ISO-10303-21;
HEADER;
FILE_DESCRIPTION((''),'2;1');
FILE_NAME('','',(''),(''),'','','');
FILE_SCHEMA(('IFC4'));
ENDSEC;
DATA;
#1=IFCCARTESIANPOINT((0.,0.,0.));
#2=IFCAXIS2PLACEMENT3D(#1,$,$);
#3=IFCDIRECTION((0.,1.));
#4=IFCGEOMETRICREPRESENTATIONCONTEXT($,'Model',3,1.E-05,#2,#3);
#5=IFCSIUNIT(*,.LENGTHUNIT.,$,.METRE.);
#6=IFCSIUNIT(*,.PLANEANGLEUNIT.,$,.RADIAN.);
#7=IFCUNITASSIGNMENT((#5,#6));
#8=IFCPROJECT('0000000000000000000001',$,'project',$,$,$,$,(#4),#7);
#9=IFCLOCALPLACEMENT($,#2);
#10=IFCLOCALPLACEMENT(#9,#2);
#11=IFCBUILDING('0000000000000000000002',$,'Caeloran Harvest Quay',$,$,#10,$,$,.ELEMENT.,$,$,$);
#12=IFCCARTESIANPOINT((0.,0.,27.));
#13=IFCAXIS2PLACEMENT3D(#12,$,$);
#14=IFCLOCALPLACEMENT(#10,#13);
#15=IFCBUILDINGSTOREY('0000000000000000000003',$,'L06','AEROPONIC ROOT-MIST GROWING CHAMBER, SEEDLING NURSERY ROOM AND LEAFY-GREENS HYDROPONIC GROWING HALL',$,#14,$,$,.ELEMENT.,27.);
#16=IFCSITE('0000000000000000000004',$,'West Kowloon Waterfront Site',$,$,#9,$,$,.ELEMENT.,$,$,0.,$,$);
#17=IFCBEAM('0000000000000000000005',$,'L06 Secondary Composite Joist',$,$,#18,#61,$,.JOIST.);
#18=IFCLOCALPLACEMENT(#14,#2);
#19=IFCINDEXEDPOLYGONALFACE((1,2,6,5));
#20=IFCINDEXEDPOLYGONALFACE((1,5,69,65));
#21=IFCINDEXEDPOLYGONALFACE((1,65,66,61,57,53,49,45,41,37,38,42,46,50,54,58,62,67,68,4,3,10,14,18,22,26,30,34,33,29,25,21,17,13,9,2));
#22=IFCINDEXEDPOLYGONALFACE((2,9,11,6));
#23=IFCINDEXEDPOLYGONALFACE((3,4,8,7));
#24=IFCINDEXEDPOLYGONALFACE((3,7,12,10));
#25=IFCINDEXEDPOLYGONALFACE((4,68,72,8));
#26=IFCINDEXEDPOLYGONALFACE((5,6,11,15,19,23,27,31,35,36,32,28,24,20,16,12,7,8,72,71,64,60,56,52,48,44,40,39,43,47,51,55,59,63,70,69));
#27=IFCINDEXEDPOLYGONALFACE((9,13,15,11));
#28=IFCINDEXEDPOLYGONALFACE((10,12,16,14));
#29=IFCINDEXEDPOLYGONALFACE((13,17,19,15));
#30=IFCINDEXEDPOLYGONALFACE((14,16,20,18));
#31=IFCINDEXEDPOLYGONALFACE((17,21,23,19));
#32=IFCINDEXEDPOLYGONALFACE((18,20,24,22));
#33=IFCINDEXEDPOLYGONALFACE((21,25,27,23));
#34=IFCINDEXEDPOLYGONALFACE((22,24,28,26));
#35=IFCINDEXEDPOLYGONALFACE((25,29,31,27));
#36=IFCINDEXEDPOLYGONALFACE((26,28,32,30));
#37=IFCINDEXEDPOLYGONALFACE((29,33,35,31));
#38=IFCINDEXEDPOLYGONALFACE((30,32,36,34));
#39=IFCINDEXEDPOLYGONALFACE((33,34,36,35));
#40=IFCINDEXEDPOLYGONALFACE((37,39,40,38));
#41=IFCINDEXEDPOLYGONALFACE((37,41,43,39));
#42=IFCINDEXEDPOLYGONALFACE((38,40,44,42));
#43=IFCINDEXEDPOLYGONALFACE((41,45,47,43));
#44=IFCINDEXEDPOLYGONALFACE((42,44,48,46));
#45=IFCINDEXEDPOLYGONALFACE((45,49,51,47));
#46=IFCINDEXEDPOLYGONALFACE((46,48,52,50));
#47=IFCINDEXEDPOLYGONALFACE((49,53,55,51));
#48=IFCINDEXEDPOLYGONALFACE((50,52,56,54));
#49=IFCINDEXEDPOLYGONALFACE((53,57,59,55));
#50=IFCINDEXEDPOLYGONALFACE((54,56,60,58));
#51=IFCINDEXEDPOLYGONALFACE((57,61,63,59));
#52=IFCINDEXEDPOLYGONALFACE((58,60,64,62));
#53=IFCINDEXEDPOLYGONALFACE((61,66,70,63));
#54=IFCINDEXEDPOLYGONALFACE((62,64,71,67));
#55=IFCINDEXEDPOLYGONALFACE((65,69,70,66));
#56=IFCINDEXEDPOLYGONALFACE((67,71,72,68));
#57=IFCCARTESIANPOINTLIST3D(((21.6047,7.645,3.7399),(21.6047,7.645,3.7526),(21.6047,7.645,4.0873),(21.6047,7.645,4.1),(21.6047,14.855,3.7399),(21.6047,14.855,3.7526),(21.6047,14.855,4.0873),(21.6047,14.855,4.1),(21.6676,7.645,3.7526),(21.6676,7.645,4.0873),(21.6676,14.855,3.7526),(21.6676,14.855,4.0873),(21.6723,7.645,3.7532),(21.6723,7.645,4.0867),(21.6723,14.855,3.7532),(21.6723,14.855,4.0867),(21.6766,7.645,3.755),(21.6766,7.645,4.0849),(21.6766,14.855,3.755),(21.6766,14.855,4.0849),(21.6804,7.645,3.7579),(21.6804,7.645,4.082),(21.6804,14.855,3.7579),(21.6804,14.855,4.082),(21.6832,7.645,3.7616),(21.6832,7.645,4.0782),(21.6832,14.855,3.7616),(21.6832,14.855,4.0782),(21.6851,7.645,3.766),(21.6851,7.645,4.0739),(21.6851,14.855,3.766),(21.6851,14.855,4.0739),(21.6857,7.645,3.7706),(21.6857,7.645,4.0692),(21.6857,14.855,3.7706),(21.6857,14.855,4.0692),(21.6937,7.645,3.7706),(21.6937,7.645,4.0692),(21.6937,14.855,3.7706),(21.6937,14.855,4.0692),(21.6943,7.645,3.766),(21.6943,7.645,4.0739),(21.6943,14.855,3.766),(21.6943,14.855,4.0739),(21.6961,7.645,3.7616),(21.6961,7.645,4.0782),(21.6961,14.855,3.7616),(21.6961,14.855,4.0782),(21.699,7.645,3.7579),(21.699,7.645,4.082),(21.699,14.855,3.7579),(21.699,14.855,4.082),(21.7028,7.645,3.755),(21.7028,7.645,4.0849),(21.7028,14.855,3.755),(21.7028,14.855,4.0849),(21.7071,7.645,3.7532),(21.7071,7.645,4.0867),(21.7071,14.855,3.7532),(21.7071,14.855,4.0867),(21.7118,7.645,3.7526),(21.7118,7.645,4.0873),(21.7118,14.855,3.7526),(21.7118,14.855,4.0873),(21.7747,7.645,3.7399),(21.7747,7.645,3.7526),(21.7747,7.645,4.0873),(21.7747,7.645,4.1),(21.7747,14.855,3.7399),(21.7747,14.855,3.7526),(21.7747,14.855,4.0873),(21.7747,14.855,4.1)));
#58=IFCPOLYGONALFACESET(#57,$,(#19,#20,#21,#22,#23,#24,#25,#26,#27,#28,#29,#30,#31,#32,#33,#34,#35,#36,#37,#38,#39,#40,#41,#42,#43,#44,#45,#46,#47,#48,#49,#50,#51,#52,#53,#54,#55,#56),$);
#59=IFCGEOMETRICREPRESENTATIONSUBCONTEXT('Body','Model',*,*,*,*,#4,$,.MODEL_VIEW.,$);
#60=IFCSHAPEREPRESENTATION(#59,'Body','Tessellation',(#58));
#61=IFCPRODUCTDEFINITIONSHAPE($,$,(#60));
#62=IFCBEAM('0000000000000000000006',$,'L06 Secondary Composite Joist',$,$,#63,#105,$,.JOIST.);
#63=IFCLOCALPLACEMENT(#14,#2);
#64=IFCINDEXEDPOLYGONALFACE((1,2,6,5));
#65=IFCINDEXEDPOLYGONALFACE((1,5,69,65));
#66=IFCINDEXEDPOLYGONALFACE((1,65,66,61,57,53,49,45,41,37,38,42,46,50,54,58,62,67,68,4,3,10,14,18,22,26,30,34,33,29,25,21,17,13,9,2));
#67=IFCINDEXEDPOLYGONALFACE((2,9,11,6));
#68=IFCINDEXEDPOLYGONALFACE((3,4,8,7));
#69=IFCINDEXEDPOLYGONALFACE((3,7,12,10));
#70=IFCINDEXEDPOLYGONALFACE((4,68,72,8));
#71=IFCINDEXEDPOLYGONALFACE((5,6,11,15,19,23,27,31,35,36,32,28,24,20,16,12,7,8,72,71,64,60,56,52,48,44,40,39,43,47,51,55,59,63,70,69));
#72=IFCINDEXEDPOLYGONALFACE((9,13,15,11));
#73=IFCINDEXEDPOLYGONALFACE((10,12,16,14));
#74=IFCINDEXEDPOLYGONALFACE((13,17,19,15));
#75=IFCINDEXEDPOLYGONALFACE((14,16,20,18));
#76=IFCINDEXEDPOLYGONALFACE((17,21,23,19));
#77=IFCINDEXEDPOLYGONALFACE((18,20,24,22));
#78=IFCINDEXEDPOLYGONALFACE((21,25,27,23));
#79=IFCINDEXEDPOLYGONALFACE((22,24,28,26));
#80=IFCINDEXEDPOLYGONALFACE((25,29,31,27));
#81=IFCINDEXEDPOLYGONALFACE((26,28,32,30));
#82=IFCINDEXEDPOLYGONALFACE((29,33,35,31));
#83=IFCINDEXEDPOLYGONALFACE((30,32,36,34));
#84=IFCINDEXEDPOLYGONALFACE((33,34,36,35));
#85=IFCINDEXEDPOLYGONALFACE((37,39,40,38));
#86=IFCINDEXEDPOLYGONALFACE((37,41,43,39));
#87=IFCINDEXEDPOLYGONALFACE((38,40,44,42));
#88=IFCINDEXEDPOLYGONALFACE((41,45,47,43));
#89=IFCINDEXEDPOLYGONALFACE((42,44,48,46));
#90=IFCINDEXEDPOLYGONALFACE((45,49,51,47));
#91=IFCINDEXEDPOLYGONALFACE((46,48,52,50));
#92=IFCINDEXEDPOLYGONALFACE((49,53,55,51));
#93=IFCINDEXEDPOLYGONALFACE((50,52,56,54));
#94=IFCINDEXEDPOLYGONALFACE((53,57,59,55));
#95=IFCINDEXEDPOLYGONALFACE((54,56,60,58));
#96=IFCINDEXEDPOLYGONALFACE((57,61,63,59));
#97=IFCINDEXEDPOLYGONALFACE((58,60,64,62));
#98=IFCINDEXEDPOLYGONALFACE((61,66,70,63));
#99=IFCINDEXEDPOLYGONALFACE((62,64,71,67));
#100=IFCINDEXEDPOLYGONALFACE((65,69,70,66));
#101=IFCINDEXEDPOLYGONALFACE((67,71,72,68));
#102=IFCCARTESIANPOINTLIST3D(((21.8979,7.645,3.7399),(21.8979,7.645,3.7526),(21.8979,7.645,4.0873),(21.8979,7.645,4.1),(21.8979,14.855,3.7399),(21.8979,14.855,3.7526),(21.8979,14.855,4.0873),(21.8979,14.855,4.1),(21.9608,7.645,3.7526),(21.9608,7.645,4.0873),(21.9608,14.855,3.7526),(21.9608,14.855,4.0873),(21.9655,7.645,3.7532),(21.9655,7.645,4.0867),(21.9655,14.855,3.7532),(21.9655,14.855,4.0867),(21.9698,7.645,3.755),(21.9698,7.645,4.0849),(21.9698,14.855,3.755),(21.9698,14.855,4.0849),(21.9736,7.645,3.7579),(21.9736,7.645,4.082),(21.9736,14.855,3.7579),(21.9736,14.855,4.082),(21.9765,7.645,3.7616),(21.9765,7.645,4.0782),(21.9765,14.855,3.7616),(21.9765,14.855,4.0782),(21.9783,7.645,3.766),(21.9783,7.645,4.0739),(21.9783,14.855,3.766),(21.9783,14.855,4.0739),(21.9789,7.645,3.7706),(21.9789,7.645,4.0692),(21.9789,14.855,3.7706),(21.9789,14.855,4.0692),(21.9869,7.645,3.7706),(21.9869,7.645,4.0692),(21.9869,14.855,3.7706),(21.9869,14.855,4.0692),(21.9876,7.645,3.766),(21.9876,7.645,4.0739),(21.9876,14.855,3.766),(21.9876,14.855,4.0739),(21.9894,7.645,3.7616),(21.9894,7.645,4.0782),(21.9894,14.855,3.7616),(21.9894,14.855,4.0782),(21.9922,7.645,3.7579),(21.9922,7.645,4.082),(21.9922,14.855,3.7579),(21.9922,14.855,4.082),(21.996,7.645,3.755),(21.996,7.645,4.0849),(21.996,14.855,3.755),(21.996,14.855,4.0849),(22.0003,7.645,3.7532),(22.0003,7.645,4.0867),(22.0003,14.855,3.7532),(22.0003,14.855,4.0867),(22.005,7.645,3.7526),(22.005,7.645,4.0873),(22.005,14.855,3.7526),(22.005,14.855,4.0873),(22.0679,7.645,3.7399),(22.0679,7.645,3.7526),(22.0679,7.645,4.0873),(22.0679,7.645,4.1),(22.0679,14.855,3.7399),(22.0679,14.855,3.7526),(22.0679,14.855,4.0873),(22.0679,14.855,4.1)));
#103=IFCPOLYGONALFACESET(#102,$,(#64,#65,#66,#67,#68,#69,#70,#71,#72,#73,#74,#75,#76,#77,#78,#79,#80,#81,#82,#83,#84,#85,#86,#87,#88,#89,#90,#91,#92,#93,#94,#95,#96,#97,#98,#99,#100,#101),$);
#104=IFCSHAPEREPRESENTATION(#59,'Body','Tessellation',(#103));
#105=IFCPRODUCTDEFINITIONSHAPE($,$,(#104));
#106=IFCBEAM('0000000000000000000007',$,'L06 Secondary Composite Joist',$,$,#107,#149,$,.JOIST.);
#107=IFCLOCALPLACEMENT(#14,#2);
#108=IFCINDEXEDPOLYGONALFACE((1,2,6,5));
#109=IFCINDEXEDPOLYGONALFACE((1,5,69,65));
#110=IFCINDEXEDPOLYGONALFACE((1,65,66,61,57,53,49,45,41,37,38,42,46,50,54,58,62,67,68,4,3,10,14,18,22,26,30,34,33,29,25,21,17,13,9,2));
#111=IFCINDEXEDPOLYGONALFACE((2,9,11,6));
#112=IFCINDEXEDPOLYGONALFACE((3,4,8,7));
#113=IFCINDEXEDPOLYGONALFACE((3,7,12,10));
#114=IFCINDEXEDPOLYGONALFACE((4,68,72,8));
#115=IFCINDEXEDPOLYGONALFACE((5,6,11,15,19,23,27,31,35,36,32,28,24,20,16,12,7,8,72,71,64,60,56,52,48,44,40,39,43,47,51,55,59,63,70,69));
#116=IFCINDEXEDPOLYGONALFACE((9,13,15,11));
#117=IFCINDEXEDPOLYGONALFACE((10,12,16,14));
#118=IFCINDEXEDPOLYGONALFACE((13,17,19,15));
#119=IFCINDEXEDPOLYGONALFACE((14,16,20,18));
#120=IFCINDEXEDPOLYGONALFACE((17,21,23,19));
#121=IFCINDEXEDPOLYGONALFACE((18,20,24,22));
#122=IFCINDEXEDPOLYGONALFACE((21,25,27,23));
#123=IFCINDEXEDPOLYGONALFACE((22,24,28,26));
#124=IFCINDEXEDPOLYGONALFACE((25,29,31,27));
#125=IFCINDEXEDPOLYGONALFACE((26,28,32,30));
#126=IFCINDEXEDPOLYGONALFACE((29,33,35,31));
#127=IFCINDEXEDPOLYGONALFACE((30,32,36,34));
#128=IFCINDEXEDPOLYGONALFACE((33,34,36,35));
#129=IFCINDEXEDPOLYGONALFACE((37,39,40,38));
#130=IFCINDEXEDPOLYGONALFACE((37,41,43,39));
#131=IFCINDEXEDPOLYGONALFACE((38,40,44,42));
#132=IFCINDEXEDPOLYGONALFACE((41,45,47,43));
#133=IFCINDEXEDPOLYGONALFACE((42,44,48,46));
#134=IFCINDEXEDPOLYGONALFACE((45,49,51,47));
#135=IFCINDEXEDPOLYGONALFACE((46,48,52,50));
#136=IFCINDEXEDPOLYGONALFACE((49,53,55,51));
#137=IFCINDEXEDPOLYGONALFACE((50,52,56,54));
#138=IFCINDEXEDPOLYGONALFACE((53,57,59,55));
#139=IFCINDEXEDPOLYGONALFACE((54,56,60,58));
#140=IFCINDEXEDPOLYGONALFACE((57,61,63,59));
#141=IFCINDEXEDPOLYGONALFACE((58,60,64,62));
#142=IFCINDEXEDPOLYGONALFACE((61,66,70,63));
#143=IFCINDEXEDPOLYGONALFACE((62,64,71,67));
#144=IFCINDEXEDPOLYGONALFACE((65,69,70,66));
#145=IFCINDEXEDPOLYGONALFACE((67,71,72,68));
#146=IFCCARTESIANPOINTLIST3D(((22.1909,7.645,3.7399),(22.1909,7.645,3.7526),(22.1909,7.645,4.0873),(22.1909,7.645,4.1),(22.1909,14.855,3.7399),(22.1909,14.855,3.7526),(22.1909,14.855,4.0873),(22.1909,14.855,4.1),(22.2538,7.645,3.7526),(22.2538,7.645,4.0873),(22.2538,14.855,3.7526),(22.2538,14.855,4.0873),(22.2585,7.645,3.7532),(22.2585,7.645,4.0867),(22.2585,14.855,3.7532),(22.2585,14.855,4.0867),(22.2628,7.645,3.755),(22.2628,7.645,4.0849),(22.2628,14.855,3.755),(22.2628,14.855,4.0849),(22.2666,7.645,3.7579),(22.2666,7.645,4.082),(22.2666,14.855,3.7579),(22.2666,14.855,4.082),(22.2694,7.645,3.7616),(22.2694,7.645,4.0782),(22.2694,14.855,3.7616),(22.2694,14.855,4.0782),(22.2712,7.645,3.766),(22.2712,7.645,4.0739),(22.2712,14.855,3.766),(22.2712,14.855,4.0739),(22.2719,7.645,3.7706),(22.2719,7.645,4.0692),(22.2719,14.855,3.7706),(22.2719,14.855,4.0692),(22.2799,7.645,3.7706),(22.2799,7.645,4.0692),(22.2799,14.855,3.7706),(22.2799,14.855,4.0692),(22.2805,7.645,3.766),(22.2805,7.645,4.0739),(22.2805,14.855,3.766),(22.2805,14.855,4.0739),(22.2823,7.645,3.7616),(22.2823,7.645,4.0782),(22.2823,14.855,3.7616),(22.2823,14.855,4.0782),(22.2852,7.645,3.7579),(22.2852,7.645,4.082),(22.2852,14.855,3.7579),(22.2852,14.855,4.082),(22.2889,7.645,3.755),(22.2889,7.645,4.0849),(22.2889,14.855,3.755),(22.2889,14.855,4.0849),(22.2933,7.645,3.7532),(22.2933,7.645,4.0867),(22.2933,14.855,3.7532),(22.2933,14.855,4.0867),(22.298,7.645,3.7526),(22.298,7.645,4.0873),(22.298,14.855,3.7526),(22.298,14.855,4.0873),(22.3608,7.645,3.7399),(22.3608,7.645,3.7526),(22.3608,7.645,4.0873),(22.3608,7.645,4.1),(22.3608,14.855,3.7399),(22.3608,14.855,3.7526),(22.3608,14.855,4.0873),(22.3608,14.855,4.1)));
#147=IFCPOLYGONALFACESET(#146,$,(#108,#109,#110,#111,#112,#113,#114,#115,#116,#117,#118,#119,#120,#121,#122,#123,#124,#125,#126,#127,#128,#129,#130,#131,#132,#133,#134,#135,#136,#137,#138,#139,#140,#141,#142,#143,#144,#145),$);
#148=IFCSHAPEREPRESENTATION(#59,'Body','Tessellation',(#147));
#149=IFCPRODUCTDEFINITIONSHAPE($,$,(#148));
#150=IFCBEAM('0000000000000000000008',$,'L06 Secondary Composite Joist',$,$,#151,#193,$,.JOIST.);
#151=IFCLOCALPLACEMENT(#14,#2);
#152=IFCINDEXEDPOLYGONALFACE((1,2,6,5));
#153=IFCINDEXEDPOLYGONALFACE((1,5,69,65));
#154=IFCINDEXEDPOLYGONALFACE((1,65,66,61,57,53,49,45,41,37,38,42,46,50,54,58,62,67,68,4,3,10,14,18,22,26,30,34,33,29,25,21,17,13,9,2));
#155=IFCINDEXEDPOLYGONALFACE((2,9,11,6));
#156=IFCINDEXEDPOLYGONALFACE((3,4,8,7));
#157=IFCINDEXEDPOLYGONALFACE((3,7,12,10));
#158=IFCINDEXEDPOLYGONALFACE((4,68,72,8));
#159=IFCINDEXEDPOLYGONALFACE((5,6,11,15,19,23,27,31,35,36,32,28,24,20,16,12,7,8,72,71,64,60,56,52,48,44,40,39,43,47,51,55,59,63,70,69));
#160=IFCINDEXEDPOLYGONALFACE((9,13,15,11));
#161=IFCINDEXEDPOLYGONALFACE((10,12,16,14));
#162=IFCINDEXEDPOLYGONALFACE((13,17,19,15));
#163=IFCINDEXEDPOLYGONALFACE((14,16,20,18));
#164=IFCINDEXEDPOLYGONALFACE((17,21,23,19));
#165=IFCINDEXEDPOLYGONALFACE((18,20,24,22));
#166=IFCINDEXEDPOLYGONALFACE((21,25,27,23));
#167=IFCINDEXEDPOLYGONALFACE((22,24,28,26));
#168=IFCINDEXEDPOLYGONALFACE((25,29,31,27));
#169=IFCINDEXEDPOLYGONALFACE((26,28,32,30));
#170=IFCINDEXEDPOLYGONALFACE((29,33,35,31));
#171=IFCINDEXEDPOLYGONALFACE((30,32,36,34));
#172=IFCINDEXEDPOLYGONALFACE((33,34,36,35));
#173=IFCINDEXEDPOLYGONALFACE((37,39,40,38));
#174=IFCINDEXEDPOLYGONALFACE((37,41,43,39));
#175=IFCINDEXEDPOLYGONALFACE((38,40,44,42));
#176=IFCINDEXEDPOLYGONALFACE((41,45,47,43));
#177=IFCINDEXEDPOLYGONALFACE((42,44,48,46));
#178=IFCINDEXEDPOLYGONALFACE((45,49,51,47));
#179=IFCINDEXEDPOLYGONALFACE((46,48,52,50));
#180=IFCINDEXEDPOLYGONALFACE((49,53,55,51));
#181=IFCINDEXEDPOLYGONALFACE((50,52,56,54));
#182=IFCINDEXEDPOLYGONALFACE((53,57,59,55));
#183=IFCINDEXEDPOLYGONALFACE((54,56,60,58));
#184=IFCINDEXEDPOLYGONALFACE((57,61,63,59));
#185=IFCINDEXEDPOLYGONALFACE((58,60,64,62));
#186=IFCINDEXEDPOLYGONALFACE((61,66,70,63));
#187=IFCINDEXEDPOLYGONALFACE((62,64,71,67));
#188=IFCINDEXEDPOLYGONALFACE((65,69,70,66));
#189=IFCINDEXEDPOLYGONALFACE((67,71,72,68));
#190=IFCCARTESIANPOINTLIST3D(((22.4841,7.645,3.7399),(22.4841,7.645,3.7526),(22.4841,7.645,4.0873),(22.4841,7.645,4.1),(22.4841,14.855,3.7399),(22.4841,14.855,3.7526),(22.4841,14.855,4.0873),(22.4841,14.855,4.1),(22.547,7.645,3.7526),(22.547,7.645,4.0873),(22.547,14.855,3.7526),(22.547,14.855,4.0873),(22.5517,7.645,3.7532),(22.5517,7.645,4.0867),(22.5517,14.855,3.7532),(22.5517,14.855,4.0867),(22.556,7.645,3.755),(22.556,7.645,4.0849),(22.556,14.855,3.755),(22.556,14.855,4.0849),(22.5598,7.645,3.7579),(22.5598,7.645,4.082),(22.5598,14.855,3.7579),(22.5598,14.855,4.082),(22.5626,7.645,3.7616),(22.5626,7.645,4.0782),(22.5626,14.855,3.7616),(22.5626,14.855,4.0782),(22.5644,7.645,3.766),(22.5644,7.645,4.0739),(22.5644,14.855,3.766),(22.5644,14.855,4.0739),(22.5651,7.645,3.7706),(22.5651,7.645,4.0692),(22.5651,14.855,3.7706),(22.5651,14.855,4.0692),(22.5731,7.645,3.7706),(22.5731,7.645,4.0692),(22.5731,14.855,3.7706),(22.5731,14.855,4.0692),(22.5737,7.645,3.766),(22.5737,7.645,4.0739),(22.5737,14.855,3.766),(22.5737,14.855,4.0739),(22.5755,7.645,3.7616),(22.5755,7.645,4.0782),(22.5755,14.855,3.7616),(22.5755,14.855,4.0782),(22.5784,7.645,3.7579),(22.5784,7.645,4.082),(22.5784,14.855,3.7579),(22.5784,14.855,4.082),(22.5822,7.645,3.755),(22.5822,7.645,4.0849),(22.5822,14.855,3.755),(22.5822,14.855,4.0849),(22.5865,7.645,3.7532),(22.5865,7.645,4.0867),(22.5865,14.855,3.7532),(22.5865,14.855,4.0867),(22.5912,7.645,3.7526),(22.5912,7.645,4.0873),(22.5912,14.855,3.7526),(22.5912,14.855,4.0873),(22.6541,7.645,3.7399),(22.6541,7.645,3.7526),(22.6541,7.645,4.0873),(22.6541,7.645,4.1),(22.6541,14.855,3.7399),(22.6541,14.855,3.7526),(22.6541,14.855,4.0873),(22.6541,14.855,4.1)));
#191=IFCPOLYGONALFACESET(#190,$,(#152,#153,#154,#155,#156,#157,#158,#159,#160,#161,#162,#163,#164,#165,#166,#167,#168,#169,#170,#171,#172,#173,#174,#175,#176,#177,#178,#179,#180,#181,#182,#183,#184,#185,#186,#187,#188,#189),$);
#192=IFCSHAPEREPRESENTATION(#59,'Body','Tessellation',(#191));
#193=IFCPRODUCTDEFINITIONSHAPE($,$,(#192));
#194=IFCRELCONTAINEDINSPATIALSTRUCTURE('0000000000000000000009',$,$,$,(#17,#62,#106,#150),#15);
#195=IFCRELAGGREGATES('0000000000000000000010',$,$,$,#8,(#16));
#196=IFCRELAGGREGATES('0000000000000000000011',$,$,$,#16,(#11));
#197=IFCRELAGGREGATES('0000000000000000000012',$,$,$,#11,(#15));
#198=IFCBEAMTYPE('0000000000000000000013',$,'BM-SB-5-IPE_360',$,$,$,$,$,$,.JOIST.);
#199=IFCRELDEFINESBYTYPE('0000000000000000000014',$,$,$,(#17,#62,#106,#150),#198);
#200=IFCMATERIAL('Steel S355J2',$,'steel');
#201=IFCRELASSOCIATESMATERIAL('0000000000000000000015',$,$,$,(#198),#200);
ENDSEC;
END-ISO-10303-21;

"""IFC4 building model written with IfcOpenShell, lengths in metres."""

from ifc_helpers import new_model, si_unit, direction, frame, origin, origin_2d, place, context, subcontext, project, spatial, i_section, extrude, material, material_profile, profile_set, type_object, element, save


model = new_model("IFC4")

# Units and contexts
model_context = context("Model", 3, precision=1e-05, world=origin(), true_north=direction((0.0, 1.0)))
body_context = subcontext(model_context, "Body", "Model", "MODEL_VIEW")
ifc_project = project(units=[si_unit("LENGTHUNIT", "METRE"), si_unit("PLANEANGLEUNIT", "RADIAN")], contexts=[model_context])

# Site, building, storey
site_placement = place(None, origin())
site = spatial("IfcSite", under=ifc_project, at=site_placement, Name="West Kowloon Waterfront Site", CompositionType="ELEMENT", RefElevation=0.0)
building_placement = place(site_placement, origin())
building = spatial("IfcBuilding", under=site, at=building_placement, Name="Caeloran Harvest Quay", CompositionType="ELEMENT")
storey_placement = place(building_placement, frame((0.0, 0.0, 27.0)))
storey = spatial("IfcBuildingStorey", under=building, at=storey_placement, Name="L06", Description="AEROPONIC ROOT-MIST GROWING CHAMBER, SEEDLING NURSERY ROOM AND LEAFY-GREENS HYDROPONIC GROWING HALL", CompositionType="ELEMENT", Elevation=27.0)

# Beams
ifc_material_1 = material(Name="Steel S355J2", Category="steel")
ifc_material_profile_1 = material_profile(ifc_material_1, i_section(OverallWidth=0.1699, OverallDepth=0.3601, WebThickness=0.0081, FlangeThickness=0.0127, FilletRadius=0.0181, at=origin_2d()), Name="IPE 360")
ifc_profile_set_1 = profile_set([ifc_material_profile_1], Name="Steel S355J2")
beam_type_1 = type_object("IfcBeamType", Name="BM-SB-5-IPE_360", PredefinedType="JOIST", material=ifc_profile_set_1)
for number, where, z_axis, x_axis, name in (
    (1, (21.6897, 7.645, 3.9199), (0.0, 1.0, 0.0), (-1.0, 0.0, 0.0), "L06 Secondary Composite Joist"),
    (2, (21.9829, 7.645, 3.9199), (0.0, 1.0, 0.0), (-1.0, 0.0, 0.0), "L06 Secondary Composite Joist"),
    (3, (22.2759, 7.645, 3.9199), (0.0, 1.0, 0.0), (-1.0, 0.0, 0.0), "L06 Secondary Composite Joist"),
    (4, (22.5691, 7.645, 3.9199), (0.0, 1.0, 0.0), (-1.0, 0.0, 0.0), "L06 Secondary Composite Joist"),
):
    element("IfcBeam", number, at=place(storey_placement, frame(where, z_axis=z_axis, x_axis=x_axis)), inside=storey, type_object=beam_type_1, Name=name, PredefinedType="JOIST", context=body_context, shape_type="SweptSolid", body=[
        extrude(i_section(OverallWidth=0.1699, OverallDepth=0.3601, WebThickness=0.0081, FlangeThickness=0.0127, FilletRadius=0.0181, at=origin_2d()), origin(), (0.0, 0.0, 1.0), 7.21),
    ])

save(model, "model.ifc")
